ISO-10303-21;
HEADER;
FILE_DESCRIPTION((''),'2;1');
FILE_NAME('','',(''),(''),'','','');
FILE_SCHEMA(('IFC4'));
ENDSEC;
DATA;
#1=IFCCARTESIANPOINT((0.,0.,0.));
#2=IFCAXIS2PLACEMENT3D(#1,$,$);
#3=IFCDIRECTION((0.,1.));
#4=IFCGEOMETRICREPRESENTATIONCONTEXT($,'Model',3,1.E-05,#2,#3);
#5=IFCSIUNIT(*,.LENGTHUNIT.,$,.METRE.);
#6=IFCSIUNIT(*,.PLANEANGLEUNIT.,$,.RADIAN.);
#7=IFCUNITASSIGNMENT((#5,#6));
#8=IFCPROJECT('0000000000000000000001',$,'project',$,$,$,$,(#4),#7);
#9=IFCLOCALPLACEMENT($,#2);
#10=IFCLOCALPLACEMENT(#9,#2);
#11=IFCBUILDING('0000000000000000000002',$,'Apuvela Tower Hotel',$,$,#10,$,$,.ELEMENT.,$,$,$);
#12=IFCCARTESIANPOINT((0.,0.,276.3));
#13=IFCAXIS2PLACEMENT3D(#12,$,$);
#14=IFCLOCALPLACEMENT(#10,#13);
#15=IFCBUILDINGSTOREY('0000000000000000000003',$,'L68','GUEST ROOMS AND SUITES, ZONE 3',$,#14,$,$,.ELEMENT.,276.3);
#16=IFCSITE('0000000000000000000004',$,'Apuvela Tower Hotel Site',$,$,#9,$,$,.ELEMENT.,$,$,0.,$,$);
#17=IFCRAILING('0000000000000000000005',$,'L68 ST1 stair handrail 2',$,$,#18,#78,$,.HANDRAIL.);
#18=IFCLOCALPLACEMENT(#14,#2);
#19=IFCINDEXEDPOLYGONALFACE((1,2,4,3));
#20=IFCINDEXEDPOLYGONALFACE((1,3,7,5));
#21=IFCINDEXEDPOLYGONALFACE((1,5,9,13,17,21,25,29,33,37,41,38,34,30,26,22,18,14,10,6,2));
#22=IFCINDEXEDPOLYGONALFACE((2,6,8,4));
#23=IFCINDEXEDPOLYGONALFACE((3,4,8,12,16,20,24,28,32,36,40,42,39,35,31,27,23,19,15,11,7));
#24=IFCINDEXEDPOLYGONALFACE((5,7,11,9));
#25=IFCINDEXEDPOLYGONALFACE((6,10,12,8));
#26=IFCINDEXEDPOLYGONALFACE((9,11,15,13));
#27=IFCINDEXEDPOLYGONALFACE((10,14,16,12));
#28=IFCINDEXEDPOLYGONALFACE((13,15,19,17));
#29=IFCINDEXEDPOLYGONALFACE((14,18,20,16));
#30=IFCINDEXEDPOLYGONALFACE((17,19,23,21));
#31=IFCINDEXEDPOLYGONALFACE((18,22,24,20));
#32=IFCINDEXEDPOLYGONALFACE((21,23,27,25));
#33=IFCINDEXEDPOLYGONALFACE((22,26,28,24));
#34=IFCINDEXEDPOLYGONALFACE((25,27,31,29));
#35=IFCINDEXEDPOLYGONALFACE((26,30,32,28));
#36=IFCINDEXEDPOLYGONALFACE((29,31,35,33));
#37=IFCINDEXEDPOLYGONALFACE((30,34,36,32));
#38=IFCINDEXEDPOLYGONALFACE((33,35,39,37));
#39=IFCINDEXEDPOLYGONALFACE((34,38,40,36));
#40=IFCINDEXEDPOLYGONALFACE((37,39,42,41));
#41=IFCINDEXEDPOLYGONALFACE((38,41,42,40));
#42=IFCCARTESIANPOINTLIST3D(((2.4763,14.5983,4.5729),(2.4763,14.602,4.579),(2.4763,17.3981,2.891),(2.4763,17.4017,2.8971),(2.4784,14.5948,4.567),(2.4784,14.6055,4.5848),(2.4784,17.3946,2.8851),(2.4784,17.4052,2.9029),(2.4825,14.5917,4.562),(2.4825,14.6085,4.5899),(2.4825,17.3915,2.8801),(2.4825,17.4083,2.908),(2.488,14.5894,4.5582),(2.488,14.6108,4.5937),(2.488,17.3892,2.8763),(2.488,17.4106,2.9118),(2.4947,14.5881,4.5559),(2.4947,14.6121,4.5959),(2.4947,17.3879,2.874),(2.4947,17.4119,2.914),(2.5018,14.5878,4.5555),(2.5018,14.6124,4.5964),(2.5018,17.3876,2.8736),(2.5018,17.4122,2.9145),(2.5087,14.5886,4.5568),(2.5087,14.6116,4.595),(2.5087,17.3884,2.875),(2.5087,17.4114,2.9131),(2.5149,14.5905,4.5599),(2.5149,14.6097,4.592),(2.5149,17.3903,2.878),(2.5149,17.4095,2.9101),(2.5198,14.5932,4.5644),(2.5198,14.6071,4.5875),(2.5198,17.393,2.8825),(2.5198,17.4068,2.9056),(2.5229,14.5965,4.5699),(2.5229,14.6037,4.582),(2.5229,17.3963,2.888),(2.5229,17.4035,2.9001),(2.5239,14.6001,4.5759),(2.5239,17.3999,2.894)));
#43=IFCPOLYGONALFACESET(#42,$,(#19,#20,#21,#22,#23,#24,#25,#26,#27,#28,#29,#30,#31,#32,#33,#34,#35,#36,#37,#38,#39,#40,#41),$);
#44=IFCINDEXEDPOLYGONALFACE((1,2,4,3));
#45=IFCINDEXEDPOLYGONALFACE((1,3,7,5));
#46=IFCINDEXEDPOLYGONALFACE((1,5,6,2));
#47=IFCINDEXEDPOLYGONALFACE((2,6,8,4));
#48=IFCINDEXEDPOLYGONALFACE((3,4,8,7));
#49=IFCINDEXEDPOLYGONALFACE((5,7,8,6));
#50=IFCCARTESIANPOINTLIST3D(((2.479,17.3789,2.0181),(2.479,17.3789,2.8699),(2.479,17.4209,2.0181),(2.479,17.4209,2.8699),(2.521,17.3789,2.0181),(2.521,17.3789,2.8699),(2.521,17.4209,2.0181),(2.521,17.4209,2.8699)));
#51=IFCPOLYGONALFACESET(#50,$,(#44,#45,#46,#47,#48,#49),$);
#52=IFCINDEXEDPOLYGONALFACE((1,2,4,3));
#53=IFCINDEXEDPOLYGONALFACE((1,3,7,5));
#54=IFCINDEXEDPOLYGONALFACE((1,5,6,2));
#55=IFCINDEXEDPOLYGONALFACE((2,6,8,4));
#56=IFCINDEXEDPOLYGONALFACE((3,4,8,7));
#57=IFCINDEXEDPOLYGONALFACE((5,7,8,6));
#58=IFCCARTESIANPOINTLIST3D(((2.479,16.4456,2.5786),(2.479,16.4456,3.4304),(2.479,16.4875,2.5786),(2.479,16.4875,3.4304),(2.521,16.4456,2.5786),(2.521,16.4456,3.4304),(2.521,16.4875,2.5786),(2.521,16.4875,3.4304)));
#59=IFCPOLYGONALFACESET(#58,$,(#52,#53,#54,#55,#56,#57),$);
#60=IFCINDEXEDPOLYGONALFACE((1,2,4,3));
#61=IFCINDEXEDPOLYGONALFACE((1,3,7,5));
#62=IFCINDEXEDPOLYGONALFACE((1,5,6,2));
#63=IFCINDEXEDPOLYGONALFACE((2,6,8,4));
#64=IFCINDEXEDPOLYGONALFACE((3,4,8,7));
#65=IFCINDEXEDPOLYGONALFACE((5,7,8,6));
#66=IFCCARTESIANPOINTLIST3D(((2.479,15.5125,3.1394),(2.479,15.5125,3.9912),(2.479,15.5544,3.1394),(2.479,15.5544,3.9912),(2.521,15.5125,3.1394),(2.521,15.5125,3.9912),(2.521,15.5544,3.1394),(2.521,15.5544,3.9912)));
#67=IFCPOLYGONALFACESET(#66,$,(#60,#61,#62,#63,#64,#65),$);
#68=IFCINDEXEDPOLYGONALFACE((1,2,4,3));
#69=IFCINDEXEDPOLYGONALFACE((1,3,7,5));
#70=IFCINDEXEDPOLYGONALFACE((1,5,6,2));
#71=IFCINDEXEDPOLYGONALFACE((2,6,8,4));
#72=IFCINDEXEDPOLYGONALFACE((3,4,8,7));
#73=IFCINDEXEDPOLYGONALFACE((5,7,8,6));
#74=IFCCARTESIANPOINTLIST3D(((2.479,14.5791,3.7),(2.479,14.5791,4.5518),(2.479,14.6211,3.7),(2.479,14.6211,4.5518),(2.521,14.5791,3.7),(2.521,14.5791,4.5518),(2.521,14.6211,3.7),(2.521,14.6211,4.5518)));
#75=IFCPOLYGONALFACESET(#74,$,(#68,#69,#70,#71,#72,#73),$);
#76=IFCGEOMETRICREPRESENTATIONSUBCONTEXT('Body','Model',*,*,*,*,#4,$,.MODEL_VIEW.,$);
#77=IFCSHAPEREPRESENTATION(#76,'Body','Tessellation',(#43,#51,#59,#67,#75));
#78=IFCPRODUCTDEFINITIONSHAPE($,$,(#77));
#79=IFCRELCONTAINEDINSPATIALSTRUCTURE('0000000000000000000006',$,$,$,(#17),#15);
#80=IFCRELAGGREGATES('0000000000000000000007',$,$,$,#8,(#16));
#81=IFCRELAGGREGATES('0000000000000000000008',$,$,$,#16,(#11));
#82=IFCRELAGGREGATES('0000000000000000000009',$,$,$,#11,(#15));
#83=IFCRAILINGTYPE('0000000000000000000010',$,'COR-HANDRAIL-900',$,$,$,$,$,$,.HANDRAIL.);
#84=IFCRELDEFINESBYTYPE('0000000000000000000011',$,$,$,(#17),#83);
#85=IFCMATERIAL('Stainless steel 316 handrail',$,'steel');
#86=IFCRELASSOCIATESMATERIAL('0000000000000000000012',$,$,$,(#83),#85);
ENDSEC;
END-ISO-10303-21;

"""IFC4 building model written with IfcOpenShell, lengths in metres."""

from ifc_helpers import new_model, si_unit, direction, frame, origin, origin_2d, place, context, subcontext, project, spatial, rectangle, circle, extrude, material, type_object, element, save


model = new_model("IFC4")

# Units and contexts
model_context = context("Model", 3, precision=1e-05, world=origin(), true_north=direction((0.0, 1.0)))
body_context = subcontext(model_context, "Body", "Model", "MODEL_VIEW")
ifc_project = project(units=[si_unit("LENGTHUNIT", "METRE"), si_unit("PLANEANGLEUNIT", "RADIAN")], contexts=[model_context])

# Site, building, storey
site_placement = place(None, origin())
site = spatial("IfcSite", under=ifc_project, at=site_placement, Name="Apuvela Tower Hotel Site", CompositionType="ELEMENT", RefElevation=0.0)
building_placement = place(site_placement, origin())
building = spatial("IfcBuilding", under=site, at=building_placement, Name="Apuvela Tower Hotel", CompositionType="ELEMENT")
storey_placement = place(building_placement, frame((0.0, 0.0, 276.3)))
storey = spatial("IfcBuildingStorey", under=building, at=storey_placement, Name="L68", Description="GUEST ROOMS AND SUITES, ZONE 3", CompositionType="ELEMENT", Elevation=276.3)

# Railing
ifc_material_1 = material(Name="Stainless steel 316 handrail", Category="steel")
railing_type_1 = type_object("IfcRailingType", Name="COR-HANDRAIL-900", PredefinedType="HANDRAIL", material=ifc_material_1)
railing_1_placement = place(storey_placement, frame((2.5, 17.3999, 2.0181)))
element("IfcRailing", 1, at=railing_1_placement, inside=storey, type_object=railing_type_1, Name="L68 ST1 stair handrail 2", PredefinedType="HANDRAIL", context=body_context, shape_type="SweptSolid", body=[
    extrude(circle(Radius=0.0239, at=origin_2d()), frame((0.0, 0.0, 0.876), z_axis=(0.0, -0.857222, 0.514946), x_axis=(1.0, 0.0, 0.0)), (0.0, 0.0, 1.0), 3.2661),
    extrude(rectangle(XDim=0.042, YDim=0.042, at=origin_2d()), origin(), (0.0, 0.0, 1.0), 0.8518),
    extrude(rectangle(XDim=0.042, YDim=0.042, at=origin_2d()), frame((0.0, -0.9333, 0.5605)), (0.0, 0.0, 1.0), 0.8518),
    extrude(rectangle(XDim=0.042, YDim=0.042, at=origin_2d()), frame((0.0, -1.8665, 1.1213)), (0.0, 0.0, 1.0), 0.8518),
    extrude(rectangle(XDim=0.042, YDim=0.042, at=origin_2d()), frame((0.0, -2.7998, 1.6819)), (0.0, 0.0, 1.0), 0.8518),
])

save(model, "model.ifc")
